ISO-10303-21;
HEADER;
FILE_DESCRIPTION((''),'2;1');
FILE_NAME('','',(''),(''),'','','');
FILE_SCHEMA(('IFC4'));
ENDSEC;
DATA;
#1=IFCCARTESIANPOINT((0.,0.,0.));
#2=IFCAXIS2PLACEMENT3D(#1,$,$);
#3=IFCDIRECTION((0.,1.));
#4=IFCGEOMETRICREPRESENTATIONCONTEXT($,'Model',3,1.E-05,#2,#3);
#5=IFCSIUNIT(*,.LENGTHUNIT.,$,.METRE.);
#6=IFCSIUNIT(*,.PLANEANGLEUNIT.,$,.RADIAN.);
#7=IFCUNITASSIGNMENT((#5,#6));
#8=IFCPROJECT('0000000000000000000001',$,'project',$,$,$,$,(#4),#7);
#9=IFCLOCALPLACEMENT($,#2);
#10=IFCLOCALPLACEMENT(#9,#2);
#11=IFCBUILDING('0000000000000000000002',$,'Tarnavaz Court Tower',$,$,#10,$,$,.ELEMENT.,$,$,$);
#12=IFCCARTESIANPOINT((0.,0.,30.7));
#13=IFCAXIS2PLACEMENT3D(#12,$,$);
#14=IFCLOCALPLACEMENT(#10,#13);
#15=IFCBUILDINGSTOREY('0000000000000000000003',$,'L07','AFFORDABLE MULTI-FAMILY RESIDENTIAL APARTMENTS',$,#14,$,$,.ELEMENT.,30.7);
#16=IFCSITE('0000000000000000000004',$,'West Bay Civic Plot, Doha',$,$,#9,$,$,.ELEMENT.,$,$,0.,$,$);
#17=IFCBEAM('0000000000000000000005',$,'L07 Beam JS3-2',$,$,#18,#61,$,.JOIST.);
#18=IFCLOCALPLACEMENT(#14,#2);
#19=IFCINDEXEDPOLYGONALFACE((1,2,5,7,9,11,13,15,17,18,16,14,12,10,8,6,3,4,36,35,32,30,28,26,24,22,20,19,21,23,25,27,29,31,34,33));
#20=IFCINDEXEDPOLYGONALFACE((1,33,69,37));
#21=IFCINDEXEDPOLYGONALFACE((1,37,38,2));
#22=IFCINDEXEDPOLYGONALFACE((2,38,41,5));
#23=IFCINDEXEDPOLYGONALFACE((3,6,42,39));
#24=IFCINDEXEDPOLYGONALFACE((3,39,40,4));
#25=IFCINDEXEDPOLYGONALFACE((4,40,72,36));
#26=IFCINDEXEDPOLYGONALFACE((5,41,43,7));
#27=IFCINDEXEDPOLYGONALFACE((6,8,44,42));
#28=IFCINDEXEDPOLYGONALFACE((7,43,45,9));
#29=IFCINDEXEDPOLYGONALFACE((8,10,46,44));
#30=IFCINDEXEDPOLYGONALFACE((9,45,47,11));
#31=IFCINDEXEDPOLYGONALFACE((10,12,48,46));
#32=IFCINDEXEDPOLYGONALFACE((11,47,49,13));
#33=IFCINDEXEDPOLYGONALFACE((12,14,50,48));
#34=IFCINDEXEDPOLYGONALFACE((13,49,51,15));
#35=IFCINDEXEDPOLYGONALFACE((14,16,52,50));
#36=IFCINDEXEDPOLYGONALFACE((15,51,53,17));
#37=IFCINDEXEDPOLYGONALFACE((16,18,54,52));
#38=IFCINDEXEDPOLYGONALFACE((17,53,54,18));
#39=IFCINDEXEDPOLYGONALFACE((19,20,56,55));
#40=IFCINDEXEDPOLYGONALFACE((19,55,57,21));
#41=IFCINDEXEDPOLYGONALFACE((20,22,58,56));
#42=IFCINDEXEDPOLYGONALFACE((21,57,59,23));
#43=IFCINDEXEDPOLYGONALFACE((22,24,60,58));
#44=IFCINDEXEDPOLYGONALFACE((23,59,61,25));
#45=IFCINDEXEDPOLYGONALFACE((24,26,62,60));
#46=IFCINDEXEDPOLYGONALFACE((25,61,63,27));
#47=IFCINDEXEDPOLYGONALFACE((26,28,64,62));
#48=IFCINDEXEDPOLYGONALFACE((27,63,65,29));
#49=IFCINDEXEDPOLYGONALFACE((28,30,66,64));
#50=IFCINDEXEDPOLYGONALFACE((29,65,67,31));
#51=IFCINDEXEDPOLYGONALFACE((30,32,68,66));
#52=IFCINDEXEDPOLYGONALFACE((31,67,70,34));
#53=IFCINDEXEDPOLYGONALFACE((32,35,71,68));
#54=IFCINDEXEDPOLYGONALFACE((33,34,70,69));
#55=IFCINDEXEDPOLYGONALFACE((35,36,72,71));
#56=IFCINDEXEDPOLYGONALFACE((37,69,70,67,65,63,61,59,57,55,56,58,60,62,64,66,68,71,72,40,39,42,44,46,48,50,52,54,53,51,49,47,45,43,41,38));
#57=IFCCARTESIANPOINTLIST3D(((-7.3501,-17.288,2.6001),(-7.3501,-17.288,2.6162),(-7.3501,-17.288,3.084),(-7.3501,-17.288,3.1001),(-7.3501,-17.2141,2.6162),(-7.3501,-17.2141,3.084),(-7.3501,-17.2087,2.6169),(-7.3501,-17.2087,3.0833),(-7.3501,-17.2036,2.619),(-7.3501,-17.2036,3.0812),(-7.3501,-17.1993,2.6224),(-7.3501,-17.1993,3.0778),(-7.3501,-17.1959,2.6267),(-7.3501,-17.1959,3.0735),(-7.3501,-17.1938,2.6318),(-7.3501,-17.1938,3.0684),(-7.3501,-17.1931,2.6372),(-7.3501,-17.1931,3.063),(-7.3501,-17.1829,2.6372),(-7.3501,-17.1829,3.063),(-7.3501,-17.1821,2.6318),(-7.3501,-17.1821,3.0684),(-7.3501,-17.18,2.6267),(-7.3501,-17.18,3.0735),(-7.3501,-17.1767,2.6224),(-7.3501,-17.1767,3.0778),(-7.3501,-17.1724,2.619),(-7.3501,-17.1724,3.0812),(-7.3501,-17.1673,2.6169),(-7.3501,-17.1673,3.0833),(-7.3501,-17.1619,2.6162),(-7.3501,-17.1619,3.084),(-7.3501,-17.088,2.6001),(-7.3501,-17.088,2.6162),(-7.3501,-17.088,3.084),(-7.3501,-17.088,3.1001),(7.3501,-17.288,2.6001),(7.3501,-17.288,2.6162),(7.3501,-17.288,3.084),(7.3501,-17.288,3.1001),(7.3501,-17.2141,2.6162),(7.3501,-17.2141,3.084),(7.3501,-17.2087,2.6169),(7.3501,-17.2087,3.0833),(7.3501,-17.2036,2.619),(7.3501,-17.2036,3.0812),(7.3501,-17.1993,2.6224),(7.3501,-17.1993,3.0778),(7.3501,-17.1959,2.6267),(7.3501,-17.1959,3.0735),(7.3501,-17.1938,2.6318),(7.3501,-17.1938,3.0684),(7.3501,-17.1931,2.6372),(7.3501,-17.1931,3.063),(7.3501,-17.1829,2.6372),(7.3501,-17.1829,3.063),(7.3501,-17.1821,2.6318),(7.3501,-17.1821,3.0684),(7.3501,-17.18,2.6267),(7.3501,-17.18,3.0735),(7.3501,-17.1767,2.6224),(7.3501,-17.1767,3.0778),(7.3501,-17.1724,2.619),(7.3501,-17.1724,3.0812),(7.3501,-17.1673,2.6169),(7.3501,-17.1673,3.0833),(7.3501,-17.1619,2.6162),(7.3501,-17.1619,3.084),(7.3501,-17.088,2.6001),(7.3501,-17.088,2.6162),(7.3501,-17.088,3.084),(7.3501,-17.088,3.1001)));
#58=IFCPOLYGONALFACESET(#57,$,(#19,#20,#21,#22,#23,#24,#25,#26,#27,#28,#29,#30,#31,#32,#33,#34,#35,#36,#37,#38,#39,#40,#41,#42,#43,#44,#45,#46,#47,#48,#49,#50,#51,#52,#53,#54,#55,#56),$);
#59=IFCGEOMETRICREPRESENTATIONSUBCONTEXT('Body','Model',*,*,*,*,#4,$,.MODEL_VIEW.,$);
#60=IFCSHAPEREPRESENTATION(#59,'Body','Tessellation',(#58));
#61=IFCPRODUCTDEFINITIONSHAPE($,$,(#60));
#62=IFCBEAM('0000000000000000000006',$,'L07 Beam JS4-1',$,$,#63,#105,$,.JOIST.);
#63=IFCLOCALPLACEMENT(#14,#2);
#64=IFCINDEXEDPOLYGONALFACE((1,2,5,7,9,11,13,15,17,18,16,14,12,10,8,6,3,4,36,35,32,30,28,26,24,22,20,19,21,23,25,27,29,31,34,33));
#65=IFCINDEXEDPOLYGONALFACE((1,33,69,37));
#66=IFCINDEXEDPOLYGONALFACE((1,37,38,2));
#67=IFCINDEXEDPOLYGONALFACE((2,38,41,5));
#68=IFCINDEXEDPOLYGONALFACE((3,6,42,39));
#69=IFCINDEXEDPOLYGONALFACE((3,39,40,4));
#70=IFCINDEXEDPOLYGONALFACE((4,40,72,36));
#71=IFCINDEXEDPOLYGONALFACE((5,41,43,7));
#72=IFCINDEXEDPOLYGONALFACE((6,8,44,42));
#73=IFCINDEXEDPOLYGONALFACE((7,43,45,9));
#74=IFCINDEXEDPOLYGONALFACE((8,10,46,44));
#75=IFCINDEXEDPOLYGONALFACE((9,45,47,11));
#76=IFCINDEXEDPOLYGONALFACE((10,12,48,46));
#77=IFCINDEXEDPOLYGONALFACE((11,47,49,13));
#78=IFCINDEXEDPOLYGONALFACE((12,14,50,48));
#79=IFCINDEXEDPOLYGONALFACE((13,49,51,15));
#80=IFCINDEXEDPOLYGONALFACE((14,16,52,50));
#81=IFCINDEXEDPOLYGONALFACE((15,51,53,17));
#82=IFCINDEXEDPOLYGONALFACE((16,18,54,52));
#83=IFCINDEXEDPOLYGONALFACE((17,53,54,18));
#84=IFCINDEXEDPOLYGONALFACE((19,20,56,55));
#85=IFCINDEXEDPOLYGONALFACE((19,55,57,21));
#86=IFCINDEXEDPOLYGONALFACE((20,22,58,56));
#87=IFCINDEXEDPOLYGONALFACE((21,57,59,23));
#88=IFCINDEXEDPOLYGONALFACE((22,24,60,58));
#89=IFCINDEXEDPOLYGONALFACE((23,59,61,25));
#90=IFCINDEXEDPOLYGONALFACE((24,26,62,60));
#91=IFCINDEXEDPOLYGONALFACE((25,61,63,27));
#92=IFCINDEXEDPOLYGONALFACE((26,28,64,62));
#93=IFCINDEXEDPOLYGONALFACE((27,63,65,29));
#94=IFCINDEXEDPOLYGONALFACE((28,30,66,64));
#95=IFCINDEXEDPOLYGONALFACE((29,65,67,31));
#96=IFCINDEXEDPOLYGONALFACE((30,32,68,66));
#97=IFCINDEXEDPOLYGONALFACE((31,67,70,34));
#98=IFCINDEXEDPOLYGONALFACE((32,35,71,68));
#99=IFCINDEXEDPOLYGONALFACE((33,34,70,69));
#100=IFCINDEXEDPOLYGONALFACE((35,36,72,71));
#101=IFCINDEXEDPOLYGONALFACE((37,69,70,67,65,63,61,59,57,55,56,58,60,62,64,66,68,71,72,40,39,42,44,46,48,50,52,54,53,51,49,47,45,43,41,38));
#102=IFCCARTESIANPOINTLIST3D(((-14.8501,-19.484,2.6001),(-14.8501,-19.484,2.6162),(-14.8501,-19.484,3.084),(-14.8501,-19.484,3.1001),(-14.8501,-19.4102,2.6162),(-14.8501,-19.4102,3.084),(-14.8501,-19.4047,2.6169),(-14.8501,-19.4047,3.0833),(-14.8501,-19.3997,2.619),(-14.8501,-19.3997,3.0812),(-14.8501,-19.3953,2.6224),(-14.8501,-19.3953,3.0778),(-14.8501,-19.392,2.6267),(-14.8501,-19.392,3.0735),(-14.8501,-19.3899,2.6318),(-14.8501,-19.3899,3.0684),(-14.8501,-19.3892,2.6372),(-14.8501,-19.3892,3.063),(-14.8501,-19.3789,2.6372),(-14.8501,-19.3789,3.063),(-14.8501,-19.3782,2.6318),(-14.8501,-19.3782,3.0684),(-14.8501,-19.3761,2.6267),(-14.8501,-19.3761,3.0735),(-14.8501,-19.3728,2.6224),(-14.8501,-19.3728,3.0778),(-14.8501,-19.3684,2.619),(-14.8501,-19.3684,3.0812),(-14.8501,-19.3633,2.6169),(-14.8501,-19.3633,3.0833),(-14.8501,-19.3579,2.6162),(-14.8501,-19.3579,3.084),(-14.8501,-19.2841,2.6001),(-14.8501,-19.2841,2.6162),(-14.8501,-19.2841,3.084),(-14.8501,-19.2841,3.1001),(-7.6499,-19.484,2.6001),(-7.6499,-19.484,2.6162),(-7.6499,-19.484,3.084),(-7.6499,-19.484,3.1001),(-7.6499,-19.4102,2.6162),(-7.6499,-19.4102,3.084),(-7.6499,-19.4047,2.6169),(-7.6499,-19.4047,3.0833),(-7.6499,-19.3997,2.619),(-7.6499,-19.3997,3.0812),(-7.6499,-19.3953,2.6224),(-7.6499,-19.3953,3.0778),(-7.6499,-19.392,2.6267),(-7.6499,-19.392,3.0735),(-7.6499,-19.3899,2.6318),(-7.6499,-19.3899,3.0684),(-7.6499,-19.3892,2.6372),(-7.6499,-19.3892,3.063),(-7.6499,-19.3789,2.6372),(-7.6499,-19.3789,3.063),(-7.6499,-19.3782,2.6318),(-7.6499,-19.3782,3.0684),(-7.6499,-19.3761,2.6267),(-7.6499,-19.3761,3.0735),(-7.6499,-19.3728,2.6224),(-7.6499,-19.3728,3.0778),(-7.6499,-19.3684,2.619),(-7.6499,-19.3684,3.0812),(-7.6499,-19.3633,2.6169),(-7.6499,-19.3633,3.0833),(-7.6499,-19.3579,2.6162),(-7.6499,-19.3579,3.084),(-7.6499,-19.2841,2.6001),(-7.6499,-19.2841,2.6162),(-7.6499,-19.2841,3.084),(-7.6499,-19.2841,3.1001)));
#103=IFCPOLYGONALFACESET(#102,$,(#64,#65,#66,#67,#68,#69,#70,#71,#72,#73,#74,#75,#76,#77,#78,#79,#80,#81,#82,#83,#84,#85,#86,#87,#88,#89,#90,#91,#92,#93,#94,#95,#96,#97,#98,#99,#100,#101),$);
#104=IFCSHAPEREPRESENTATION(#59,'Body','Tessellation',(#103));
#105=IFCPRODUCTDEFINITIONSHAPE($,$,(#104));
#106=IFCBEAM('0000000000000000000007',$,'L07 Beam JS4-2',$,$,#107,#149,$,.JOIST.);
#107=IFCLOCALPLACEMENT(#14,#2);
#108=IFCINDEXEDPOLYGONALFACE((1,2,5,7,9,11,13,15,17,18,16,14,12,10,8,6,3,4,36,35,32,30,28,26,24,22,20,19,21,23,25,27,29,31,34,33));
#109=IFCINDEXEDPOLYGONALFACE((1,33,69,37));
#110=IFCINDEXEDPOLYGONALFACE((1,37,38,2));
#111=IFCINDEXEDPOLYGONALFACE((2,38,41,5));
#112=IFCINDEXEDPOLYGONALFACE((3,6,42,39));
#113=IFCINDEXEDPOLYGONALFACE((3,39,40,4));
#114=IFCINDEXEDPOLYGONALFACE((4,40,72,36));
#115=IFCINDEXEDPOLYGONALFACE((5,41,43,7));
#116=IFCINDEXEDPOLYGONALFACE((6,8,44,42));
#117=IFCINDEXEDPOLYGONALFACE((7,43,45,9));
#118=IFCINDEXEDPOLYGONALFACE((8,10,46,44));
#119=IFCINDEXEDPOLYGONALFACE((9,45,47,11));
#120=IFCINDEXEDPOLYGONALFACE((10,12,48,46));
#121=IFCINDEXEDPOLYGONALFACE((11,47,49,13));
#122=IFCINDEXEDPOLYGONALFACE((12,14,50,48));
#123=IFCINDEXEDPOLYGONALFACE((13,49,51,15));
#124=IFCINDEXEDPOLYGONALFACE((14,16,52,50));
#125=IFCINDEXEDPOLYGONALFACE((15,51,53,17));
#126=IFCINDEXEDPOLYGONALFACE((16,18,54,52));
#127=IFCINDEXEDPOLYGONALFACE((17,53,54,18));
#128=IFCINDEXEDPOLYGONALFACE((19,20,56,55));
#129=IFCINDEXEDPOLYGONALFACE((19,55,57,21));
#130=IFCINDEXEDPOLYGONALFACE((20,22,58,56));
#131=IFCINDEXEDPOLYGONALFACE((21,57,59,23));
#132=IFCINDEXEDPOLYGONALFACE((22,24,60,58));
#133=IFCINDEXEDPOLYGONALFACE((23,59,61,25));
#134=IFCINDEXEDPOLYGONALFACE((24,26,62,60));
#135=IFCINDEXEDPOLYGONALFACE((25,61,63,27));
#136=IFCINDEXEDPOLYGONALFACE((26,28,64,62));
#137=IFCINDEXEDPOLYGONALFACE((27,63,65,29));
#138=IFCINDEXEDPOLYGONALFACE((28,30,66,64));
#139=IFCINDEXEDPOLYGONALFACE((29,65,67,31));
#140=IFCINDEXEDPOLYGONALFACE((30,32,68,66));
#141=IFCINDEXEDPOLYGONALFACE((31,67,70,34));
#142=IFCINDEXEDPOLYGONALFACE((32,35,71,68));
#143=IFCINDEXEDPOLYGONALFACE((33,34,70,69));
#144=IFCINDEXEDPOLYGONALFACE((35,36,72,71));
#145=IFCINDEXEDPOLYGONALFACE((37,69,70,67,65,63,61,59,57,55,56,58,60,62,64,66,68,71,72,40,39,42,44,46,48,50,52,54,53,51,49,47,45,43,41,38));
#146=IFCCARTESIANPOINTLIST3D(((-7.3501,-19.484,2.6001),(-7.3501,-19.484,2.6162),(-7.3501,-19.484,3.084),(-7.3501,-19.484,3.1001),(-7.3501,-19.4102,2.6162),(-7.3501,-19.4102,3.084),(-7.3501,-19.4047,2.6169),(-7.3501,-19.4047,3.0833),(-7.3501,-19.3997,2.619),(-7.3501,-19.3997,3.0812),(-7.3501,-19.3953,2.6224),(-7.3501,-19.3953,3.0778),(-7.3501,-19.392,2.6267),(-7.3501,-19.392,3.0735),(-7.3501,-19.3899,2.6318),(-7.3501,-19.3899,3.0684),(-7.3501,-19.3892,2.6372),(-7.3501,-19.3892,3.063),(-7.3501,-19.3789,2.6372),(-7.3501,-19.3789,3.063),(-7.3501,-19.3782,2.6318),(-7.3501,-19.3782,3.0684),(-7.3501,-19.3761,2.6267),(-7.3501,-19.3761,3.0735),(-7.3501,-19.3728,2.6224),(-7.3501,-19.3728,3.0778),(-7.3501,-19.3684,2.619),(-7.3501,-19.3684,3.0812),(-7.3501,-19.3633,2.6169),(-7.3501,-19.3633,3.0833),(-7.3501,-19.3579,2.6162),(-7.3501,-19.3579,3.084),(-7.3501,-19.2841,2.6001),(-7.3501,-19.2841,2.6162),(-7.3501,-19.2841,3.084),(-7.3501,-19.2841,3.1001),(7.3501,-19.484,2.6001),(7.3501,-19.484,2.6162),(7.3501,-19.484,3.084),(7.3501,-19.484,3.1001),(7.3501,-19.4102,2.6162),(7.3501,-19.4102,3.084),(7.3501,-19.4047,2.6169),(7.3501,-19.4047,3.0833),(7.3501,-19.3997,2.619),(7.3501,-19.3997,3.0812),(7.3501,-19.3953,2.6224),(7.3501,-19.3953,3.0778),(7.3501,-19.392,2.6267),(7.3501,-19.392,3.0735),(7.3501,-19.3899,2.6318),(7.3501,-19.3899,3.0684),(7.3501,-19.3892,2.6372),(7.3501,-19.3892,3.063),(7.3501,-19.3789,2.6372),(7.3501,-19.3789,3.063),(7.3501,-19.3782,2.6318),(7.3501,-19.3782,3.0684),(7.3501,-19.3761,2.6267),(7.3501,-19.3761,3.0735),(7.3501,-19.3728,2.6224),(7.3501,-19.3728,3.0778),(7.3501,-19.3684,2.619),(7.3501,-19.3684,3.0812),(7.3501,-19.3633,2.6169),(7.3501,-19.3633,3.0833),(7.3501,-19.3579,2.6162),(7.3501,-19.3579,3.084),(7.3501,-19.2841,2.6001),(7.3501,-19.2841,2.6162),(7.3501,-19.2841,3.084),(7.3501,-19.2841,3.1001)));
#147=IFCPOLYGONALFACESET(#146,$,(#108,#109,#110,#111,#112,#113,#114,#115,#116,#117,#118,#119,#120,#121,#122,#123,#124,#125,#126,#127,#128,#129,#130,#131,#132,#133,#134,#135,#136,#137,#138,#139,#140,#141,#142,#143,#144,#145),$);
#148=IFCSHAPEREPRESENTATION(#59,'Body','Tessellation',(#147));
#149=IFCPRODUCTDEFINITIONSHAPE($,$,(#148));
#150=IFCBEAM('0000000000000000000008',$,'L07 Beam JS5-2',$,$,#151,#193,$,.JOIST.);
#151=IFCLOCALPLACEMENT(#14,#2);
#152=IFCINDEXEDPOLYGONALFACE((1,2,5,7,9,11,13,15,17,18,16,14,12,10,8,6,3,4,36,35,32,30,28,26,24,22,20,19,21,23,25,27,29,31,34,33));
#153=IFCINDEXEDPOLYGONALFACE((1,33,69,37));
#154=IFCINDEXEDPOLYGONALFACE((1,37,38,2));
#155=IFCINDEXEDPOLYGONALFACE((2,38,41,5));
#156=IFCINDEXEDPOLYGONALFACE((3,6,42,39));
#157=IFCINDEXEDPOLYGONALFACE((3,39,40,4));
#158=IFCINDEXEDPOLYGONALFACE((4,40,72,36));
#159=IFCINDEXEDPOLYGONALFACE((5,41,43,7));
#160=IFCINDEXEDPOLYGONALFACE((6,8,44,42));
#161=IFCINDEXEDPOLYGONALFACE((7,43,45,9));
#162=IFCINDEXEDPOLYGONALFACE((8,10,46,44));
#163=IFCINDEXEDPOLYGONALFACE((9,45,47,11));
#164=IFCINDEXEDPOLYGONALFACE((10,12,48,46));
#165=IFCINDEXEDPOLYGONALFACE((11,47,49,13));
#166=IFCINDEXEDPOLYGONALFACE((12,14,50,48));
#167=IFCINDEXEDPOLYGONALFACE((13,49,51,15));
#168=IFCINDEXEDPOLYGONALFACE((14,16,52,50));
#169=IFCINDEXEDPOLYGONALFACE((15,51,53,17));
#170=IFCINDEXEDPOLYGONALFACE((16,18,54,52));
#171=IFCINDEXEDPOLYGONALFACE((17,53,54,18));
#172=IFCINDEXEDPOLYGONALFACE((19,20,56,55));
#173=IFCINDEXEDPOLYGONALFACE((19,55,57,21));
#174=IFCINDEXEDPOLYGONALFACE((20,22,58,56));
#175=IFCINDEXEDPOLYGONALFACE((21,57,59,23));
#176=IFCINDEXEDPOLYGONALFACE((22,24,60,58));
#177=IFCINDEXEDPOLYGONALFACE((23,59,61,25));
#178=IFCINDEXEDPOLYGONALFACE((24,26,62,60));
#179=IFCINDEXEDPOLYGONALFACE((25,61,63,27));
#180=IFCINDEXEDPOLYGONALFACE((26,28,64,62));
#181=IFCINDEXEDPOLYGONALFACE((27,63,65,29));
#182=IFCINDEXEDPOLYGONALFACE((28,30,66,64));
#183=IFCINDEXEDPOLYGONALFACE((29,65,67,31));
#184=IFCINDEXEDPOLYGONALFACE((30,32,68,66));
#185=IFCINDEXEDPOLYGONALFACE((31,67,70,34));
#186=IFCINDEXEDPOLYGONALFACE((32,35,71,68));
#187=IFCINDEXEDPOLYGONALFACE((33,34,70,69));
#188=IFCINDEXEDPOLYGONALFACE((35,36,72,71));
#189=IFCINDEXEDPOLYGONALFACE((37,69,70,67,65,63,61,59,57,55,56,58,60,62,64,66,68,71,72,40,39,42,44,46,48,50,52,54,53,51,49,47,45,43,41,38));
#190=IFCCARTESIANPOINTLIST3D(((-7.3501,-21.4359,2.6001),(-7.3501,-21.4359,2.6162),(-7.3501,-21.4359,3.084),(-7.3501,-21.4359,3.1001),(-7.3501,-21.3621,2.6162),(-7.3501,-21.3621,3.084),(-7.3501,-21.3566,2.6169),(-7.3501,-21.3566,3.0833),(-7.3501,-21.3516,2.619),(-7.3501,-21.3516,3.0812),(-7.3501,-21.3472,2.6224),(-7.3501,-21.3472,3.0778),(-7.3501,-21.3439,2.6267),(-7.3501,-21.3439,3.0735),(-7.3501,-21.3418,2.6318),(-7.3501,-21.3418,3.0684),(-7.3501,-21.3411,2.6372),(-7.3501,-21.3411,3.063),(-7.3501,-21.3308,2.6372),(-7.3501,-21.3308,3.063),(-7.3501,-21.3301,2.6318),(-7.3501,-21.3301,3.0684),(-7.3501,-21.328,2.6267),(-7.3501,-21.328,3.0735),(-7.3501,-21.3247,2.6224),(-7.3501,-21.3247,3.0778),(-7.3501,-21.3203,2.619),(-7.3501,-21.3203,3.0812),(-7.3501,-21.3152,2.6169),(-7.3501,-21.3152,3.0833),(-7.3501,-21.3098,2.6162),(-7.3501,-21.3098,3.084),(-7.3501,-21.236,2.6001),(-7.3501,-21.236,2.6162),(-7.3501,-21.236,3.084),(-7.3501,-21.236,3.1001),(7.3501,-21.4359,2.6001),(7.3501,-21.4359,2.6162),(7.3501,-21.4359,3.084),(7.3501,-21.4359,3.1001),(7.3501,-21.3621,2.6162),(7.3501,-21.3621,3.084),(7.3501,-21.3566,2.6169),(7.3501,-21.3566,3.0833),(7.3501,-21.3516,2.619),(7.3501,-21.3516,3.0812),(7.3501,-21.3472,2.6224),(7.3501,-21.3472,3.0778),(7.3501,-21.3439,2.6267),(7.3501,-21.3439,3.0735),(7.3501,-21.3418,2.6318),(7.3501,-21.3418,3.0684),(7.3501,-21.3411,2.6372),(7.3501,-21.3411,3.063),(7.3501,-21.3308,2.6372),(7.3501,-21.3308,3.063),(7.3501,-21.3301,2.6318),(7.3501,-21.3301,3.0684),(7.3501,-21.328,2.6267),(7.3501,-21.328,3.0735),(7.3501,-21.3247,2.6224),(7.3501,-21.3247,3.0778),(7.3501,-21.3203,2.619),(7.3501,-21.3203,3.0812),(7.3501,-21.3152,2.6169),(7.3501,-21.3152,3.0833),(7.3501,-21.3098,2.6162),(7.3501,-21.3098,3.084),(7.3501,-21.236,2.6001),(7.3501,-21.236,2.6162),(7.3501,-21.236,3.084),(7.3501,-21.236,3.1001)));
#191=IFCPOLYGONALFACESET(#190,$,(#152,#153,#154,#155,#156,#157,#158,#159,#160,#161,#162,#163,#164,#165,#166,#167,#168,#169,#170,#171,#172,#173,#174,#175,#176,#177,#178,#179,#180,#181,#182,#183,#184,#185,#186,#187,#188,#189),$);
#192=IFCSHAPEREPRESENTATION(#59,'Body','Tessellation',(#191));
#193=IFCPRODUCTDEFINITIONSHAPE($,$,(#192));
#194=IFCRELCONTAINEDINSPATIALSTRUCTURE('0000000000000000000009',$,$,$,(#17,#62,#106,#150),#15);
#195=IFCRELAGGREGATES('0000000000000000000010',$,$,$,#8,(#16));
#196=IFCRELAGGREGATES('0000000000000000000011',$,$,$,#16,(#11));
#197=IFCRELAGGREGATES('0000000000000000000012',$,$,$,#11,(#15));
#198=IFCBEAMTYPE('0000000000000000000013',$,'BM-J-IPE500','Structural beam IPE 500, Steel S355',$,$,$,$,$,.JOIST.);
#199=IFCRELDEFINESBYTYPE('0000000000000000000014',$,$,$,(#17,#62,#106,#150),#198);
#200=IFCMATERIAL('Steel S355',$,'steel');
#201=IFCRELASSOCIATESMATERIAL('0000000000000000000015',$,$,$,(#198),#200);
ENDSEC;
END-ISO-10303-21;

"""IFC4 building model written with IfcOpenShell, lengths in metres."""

from ifc_helpers import new_model, si_unit, direction, frame, origin, origin_2d, place, context, subcontext, project, spatial, i_section, extrude, material, material_profile, profile_set, type_object, element, save


model = new_model("IFC4")

# Units and contexts
model_context = context("Model", 3, precision=1e-05, world=origin(), true_north=direction((0.0, 1.0)))
body_context = subcontext(model_context, "Body", "Model", "MODEL_VIEW")
ifc_project = project(units=[si_unit("LENGTHUNIT", "METRE"), si_unit("PLANEANGLEUNIT", "RADIAN")], contexts=[model_context])

# Site, building, storey
site_placement = place(None, origin())
site = spatial("IfcSite", under=ifc_project, at=site_placement, Name="West Bay Civic Plot, Doha", CompositionType="ELEMENT", RefElevation=0.0)
building_placement = place(site_placement, origin())
building = spatial("IfcBuilding", under=site, at=building_placement, Name="Tarnavaz Court Tower", CompositionType="ELEMENT")
storey_placement = place(building_placement, frame((0.0, 0.0, 30.7)))
storey = spatial("IfcBuildingStorey", under=building, at=storey_placement, Name="L07", Description="AFFORDABLE MULTI-FAMILY RESIDENTIAL APARTMENTS", CompositionType="ELEMENT", Elevation=30.7)

# Beams
ifc_material_1 = material(Name="Steel S355", Category="steel")
ifc_material_profile_1 = material_profile(ifc_material_1, i_section(OverallWidth=0.2, OverallDepth=0.5, WebThickness=0.0103, FlangeThickness=0.0161, FilletRadius=0.021, at=origin_2d()), Name="IPE 500")
ifc_profile_set_1 = profile_set([ifc_material_profile_1], Name="Steel S355")
beam_type_1 = type_object("IfcBeamType", Name="BM-J-IPE500", Description="Structural beam IPE 500, Steel S355", PredefinedType="JOIST", material=ifc_profile_set_1)
beam_1_placement = place(storey_placement, frame((-7.3501, -17.188, 2.8501), z_axis=(1.0, 0.0, 0.0), x_axis=(0.0, 1.0, 0.0)))
element("IfcBeam", 1, at=beam_1_placement, inside=storey, type_object=beam_type_1, Name="L07 Beam JS3-2", PredefinedType="JOIST", context=body_context, shape_type="SweptSolid", body=[
    extrude(i_section(OverallWidth=0.2, OverallDepth=0.5, WebThickness=0.0103, FlangeThickness=0.0161, FilletRadius=0.021, at=origin_2d()), origin(), (0.0, 0.0, 1.0), 14.7002),
])
beam_2_placement = place(storey_placement, frame((-14.8501, -19.384, 2.8501), z_axis=(1.0, 0.0, 0.0), x_axis=(0.0, 1.0, 0.0)))
element("IfcBeam", 2, at=beam_2_placement, inside=storey, type_object=beam_type_1, Name="L07 Beam JS4-1", PredefinedType="JOIST", context=body_context, shape_type="SweptSolid", body=[
    extrude(i_section(OverallWidth=0.2, OverallDepth=0.5, WebThickness=0.0103, FlangeThickness=0.0161, FilletRadius=0.021, at=origin_2d()), origin(), (0.0, 0.0, 1.0), 7.2002),
])
for number, where, z_axis, x_axis, name in (
    (3, (-7.3501, -19.384, 2.8501), (1.0, 0.0, 0.0), (0.0, 1.0, 0.0), "L07 Beam JS4-2"),
    (4, (-7.3501, -21.3359, 2.8501), (1.0, 0.0, 0.0), (0.0, 1.0, 0.0), "L07 Beam JS5-2"),
):
    element("IfcBeam", number, at=place(storey_placement, frame(where, z_axis=z_axis, x_axis=x_axis)), inside=storey, type_object=beam_type_1, Name=name, PredefinedType="JOIST", context=body_context, shape_type="SweptSolid", body=[
        extrude(i_section(OverallWidth=0.2, OverallDepth=0.5, WebThickness=0.0103, FlangeThickness=0.0161, FilletRadius=0.021, at=origin_2d()), origin(), (0.0, 0.0, 1.0), 14.7002),
    ])

save(model, "model.ifc")
